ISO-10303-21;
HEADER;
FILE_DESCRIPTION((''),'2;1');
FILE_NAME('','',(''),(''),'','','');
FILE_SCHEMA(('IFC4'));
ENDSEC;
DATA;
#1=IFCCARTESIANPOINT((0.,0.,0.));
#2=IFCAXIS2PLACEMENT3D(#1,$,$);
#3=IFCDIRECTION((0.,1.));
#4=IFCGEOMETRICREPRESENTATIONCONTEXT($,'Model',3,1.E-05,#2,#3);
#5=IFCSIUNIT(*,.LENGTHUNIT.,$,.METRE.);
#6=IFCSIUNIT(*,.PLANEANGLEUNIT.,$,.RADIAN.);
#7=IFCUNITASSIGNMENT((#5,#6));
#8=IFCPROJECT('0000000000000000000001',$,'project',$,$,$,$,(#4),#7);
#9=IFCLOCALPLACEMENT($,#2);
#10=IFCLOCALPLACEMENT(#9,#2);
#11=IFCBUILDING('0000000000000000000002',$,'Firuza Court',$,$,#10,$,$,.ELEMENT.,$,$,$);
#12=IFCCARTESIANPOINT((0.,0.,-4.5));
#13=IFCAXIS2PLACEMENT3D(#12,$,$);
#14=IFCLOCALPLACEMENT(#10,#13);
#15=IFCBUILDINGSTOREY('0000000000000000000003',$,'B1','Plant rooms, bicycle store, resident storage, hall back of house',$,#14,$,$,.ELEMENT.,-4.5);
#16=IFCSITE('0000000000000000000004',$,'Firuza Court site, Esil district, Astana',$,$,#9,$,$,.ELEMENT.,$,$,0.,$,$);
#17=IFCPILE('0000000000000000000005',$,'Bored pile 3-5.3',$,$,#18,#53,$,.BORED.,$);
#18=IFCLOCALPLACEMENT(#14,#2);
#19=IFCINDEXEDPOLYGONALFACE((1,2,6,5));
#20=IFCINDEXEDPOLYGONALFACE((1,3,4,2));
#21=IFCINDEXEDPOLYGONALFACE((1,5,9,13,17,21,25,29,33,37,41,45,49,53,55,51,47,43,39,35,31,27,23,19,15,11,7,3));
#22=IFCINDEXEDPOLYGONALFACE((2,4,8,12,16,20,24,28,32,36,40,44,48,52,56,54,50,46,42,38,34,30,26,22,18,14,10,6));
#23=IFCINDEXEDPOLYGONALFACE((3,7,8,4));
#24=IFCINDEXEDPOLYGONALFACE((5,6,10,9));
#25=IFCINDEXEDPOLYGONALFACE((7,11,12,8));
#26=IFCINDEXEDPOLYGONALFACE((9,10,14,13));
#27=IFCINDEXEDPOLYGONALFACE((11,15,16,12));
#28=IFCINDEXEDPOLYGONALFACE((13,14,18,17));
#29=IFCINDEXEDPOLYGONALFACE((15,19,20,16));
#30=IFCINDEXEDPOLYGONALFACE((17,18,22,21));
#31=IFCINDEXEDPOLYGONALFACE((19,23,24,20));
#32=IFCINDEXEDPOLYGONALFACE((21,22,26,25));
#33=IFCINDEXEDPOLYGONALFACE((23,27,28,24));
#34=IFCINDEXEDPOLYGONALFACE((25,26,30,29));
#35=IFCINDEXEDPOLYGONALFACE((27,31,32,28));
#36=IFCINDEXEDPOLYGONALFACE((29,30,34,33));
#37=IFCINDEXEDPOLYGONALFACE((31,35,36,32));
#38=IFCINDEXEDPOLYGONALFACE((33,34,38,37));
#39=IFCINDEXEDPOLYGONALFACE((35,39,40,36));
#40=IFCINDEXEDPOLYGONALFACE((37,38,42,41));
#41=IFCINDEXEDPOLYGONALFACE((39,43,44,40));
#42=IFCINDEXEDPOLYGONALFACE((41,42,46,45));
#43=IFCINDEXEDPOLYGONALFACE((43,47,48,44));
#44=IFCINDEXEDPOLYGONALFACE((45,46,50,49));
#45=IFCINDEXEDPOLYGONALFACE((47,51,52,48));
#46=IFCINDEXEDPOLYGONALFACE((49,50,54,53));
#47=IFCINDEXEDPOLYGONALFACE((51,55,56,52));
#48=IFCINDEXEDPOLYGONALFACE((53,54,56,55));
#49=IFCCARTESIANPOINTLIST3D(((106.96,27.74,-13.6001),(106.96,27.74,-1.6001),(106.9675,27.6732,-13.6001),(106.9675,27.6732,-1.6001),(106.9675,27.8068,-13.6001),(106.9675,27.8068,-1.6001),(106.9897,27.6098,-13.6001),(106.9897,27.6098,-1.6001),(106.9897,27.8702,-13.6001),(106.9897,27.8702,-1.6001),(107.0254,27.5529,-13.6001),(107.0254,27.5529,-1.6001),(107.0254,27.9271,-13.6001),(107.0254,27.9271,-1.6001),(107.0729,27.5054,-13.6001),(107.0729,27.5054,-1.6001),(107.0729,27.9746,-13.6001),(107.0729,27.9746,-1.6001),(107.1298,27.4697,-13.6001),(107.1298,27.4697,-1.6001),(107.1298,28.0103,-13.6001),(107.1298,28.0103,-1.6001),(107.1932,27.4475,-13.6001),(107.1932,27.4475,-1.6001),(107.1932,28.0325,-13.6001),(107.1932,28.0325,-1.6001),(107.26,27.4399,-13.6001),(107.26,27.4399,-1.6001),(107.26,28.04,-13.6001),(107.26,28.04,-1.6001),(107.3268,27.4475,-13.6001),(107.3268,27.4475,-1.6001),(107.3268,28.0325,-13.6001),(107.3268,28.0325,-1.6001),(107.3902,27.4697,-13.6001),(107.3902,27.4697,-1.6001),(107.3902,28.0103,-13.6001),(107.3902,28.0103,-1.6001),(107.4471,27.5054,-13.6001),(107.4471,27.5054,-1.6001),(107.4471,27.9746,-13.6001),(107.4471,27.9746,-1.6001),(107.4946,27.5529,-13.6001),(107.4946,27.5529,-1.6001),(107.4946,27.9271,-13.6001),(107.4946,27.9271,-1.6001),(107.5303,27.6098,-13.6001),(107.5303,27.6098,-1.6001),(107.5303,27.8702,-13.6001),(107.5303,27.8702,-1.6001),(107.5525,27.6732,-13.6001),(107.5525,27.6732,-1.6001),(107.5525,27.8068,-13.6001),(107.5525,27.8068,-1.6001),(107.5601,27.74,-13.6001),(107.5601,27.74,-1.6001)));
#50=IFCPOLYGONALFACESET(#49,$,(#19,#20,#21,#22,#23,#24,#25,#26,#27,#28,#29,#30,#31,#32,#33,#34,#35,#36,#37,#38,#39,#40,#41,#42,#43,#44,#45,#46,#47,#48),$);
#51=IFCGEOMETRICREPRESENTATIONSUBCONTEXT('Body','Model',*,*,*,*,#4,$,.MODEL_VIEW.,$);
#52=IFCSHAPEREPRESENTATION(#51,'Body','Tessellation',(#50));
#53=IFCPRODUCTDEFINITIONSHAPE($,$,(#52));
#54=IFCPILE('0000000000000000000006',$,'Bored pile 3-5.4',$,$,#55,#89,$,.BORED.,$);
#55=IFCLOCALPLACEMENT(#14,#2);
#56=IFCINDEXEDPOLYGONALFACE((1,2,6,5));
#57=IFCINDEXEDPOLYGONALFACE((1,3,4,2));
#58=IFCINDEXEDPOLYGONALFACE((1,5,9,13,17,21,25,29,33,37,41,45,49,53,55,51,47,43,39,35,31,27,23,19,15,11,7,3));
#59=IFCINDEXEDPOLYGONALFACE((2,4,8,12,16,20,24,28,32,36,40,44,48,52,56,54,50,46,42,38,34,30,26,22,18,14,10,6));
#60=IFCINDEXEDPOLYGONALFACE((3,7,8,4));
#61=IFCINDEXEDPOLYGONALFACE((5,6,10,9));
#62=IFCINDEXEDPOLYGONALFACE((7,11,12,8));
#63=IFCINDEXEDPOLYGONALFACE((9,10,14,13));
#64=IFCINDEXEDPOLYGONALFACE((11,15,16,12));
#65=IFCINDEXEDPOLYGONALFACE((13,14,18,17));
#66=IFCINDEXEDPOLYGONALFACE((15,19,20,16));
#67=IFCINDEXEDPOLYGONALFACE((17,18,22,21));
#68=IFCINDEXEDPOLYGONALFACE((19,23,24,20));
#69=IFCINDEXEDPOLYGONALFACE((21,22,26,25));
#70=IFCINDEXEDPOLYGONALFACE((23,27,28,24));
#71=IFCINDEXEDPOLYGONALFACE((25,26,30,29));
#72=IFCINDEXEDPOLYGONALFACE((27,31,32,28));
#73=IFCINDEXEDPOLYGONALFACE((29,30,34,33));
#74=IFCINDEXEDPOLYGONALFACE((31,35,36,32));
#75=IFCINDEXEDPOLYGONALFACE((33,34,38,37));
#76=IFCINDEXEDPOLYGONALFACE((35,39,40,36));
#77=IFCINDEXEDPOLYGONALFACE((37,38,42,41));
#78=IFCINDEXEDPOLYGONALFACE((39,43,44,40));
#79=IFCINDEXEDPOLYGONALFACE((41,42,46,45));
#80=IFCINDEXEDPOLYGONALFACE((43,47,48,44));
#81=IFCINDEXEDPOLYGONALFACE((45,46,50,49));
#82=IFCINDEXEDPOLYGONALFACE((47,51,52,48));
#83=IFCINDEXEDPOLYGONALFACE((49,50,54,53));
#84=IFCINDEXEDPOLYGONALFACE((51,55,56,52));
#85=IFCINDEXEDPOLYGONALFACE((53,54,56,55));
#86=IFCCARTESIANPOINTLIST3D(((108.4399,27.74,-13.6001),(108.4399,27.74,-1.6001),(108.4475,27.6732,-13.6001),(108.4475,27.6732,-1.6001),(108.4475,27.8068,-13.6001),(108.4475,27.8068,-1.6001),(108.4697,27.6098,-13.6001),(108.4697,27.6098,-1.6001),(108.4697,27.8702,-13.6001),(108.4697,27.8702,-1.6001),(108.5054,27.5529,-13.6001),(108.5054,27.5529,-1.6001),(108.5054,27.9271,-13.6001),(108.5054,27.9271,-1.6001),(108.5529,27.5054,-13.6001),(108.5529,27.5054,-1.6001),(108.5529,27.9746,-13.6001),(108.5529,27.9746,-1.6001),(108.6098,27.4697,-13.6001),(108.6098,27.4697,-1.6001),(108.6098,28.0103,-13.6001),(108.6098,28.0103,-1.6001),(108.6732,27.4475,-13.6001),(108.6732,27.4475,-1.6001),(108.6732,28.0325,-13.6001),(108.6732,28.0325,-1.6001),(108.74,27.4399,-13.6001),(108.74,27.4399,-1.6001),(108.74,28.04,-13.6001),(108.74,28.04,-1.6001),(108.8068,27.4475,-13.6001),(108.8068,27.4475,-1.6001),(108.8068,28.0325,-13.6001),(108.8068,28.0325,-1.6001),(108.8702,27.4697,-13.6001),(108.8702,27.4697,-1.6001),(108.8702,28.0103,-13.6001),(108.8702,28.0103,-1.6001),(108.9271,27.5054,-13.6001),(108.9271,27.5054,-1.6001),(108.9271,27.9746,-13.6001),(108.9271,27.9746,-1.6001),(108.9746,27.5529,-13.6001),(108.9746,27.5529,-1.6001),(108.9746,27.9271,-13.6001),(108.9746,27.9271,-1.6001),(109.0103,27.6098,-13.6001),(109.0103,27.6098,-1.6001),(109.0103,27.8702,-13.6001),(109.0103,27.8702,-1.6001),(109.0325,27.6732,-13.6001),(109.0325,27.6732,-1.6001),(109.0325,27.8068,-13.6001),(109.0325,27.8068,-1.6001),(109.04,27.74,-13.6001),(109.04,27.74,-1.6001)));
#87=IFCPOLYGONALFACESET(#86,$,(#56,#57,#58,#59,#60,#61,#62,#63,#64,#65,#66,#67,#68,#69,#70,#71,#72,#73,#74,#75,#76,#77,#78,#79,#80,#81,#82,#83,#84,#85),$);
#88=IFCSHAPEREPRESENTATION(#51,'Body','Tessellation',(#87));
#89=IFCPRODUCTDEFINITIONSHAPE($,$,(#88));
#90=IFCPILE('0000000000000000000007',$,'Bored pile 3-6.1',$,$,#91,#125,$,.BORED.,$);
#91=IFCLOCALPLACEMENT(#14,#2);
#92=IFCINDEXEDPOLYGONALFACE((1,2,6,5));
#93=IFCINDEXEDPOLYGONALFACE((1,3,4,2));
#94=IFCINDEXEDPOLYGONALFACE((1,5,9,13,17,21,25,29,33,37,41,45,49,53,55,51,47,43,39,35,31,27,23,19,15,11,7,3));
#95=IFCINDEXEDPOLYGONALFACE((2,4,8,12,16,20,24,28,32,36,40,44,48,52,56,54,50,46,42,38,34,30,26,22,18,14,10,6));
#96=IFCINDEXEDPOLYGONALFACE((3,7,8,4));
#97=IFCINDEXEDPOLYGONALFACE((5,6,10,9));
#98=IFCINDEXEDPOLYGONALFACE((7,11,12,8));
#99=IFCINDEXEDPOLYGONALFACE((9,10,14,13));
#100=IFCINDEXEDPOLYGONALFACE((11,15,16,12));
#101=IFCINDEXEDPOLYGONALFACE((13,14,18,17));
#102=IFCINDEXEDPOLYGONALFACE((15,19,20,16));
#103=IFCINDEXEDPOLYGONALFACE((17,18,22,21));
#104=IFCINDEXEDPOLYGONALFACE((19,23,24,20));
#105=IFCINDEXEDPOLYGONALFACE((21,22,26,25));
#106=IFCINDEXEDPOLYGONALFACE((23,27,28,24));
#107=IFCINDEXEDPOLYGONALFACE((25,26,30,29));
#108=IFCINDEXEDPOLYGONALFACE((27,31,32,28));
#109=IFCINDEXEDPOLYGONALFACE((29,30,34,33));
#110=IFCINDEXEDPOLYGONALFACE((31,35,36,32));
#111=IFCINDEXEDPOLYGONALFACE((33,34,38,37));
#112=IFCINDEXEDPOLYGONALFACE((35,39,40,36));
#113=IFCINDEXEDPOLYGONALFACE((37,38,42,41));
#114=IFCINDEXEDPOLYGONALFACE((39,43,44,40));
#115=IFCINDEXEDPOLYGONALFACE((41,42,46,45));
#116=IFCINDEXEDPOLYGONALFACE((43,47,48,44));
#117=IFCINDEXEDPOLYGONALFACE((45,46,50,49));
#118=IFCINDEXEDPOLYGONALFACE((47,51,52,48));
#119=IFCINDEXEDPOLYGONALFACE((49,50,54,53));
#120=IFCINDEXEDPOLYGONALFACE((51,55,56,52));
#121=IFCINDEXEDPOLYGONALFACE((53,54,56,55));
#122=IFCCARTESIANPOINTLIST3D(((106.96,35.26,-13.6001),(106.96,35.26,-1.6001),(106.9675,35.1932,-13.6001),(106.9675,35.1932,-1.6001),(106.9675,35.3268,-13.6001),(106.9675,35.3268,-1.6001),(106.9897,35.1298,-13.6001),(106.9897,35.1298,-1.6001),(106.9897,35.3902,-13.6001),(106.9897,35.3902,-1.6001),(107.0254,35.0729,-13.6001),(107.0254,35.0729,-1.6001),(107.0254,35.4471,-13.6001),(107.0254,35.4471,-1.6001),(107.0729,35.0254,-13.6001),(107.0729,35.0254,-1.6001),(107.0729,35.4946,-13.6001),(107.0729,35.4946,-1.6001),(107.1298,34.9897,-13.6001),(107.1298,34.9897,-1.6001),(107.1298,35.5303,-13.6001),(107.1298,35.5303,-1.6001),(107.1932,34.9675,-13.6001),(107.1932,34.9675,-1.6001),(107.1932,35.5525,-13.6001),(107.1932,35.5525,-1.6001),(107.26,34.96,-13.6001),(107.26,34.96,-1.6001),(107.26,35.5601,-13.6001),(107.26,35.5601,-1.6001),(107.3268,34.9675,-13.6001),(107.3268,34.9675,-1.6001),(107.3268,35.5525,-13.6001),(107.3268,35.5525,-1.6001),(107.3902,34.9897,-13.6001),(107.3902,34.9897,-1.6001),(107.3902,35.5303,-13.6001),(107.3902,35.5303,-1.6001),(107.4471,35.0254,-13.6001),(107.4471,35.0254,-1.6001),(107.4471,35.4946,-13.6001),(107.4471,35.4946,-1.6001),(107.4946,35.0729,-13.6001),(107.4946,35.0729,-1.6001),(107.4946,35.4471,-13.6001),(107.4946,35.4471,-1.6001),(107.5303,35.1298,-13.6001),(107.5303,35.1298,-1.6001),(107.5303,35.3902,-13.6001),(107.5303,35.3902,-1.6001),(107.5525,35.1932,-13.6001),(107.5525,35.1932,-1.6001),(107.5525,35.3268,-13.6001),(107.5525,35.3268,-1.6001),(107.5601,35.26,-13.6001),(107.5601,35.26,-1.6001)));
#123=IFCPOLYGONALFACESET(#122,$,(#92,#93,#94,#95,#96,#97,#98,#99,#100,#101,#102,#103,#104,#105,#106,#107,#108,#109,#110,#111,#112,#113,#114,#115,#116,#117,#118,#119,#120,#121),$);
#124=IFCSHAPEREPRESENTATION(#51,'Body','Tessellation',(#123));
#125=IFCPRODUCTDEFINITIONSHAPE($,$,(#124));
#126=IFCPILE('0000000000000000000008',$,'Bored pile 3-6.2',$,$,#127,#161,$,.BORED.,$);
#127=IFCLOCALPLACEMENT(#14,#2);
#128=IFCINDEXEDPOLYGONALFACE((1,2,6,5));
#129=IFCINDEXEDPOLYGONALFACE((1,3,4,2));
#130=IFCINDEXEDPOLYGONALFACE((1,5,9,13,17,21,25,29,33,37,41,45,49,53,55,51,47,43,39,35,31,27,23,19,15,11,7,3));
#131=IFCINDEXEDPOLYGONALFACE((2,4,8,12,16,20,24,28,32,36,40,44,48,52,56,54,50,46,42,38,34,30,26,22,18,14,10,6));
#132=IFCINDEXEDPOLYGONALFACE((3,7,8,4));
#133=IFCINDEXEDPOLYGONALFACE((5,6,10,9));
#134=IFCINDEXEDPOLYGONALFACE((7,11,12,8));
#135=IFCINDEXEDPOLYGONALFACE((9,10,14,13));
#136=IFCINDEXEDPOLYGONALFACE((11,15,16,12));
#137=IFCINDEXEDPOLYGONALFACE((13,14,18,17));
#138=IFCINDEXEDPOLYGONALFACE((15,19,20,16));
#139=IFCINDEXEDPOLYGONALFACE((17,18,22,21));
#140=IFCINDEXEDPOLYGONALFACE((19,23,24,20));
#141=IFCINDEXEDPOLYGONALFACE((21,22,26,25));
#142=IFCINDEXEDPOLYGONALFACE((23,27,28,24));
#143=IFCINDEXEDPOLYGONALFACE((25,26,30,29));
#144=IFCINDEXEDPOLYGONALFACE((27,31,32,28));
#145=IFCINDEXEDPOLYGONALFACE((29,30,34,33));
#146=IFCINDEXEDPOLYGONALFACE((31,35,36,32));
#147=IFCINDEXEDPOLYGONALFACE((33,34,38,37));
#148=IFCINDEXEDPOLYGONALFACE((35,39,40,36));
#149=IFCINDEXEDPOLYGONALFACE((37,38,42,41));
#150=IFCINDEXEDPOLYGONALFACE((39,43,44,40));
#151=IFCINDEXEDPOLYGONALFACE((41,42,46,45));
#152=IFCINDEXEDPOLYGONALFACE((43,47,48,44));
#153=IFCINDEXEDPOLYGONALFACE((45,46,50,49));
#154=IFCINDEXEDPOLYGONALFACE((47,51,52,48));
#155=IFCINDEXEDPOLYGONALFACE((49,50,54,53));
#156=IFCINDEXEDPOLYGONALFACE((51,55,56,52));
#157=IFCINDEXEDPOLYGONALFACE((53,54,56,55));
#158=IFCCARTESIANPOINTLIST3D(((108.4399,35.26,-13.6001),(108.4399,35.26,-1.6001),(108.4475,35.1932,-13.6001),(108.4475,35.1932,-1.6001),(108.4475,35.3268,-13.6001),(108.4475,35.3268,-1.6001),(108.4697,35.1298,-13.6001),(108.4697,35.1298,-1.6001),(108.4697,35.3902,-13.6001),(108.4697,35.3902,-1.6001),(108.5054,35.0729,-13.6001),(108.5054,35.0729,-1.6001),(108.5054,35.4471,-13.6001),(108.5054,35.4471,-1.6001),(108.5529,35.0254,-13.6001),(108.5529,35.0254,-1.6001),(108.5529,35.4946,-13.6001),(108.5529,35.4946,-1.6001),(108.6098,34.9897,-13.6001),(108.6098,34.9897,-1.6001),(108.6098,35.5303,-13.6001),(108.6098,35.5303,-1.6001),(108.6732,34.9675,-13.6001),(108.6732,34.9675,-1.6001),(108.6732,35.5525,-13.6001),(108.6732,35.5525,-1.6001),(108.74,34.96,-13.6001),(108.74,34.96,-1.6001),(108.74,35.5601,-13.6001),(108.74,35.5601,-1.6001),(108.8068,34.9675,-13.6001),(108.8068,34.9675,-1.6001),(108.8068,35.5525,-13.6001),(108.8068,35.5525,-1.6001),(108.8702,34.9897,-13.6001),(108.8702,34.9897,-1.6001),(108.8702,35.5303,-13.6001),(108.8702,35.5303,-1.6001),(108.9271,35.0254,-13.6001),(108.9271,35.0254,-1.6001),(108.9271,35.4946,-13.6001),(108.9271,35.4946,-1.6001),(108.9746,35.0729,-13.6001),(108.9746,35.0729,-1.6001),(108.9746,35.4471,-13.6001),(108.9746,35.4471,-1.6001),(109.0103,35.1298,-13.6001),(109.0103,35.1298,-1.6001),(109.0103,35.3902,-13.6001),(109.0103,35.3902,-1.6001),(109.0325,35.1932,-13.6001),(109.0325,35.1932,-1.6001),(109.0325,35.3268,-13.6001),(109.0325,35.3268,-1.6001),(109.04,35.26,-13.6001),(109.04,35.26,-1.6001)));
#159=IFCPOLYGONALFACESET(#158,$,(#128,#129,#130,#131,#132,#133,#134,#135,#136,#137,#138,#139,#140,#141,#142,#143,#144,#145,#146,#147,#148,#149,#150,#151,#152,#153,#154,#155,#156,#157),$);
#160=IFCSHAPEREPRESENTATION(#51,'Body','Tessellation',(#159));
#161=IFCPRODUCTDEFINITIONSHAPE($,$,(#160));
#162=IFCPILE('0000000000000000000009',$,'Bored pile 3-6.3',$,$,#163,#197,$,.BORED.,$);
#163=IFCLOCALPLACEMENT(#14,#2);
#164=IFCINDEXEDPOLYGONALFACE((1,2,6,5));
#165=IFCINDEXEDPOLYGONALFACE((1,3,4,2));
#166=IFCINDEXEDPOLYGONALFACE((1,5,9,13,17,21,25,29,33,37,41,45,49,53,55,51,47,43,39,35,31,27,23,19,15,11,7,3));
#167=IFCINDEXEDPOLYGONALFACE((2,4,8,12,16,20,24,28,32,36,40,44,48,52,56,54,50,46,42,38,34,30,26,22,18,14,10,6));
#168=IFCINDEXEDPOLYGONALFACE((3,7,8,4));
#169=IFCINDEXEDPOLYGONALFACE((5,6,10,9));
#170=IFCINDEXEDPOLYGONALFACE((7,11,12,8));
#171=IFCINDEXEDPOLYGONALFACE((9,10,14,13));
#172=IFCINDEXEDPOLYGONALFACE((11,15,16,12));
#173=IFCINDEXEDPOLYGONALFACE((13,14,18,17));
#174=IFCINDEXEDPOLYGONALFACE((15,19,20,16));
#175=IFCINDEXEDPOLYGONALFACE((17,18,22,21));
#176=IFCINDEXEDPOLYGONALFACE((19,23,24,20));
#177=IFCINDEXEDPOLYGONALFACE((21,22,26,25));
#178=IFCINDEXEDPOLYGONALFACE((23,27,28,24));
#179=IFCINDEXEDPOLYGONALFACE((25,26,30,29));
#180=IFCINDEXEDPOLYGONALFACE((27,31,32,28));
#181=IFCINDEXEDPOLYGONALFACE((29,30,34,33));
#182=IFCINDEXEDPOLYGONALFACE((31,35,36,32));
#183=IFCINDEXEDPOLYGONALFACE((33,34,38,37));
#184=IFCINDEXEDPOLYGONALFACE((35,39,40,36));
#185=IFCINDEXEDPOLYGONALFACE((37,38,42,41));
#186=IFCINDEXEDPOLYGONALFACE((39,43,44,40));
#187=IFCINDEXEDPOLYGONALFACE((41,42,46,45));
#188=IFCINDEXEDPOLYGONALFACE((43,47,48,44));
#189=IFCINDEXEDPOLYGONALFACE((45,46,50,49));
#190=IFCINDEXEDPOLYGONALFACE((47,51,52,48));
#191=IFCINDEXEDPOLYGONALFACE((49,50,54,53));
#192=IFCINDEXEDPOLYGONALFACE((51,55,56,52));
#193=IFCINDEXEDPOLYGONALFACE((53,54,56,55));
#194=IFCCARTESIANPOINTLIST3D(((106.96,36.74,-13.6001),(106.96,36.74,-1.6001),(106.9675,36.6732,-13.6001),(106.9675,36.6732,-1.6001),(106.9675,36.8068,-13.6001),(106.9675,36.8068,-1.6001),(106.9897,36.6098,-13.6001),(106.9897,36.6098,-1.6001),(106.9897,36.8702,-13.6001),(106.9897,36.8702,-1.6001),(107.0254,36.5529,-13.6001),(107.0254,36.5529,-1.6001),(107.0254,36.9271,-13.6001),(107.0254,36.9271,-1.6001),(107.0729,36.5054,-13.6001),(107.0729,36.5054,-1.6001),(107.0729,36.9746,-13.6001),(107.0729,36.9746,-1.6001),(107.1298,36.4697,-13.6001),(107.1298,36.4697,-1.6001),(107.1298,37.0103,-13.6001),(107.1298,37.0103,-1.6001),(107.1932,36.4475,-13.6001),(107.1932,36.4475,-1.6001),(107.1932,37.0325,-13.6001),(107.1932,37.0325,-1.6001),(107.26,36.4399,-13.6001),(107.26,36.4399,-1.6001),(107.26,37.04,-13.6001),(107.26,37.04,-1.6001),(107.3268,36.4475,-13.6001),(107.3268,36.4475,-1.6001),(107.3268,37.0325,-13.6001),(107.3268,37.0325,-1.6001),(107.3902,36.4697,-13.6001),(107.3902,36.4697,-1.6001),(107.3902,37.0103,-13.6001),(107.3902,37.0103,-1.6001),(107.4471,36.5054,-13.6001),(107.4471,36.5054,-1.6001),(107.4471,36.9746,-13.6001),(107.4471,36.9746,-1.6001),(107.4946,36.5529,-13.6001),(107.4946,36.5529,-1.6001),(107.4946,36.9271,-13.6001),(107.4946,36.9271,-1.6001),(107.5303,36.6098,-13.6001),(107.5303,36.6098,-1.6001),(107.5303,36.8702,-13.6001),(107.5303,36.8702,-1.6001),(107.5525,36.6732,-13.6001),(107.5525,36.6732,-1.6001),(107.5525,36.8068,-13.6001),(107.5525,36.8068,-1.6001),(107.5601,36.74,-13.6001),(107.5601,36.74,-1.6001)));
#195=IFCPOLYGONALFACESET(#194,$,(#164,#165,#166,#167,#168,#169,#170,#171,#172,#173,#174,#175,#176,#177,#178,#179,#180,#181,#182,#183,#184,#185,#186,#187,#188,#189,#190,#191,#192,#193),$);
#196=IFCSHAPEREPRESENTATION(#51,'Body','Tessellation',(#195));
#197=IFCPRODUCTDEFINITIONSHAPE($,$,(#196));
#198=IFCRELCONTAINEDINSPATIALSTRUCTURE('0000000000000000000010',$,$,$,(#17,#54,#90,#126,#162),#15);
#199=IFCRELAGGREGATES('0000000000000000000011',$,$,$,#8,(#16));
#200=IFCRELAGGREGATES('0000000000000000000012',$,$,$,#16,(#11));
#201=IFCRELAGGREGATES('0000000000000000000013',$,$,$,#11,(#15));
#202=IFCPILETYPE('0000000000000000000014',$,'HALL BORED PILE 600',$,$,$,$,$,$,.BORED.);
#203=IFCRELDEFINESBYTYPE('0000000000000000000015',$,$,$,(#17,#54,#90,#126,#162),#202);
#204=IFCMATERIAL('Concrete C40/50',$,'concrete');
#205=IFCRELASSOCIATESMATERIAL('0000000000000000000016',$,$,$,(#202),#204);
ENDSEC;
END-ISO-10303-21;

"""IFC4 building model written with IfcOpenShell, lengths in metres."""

from ifc_helpers import new_model, si_unit, direction, frame, origin, origin_2d, place, context, subcontext, project, spatial, circle, extrude, material, material_profile, profile_set, type_object, element, save


model = new_model("IFC4")

# Units and contexts
model_context = context("Model", 3, precision=1e-05, world=origin(), true_north=direction((0.0, 1.0)))
body_context = subcontext(model_context, "Body", "Model", "MODEL_VIEW")
ifc_project = project(units=[si_unit("LENGTHUNIT", "METRE"), si_unit("PLANEANGLEUNIT", "RADIAN")], contexts=[model_context])

# Site, building, storey
site_placement = place(None, origin())
site = spatial("IfcSite", under=ifc_project, at=site_placement, Name="Firuza Court site, Esil district, Astana", CompositionType="ELEMENT", RefElevation=0.0)
building_placement = place(site_placement, origin())
building = spatial("IfcBuilding", under=site, at=building_placement, Name="Firuza Court", CompositionType="ELEMENT")
storey_placement = place(building_placement, frame((0.0, 0.0, -4.5)))
storey = spatial("IfcBuildingStorey", under=building, at=storey_placement, Name="B1", Description="Plant rooms, bicycle store, resident storage, hall back of house", CompositionType="ELEMENT", Elevation=-4.5)

# Piles
ifc_material_1 = material(Name="Concrete C40/50", Category="concrete")
ifc_material_profile_1 = material_profile(ifc_material_1, circle(Radius=0.3, at=origin_2d()), Name="PILE 600")
ifc_profile_set_1 = profile_set([ifc_material_profile_1], Name="Concrete C40/50")
pile_type = type_object("IfcPileType", Name="HALL BORED PILE 600", PredefinedType="BORED", material=ifc_profile_set_1)
for number, where, z_axis, x_axis, name in (
    (1, (107.26, 27.74, -1.6001), (0.0, 0.0, -1.0), (1.0, 0.0, 0.0), "Bored pile 3-5.3"),
    (2, (108.74, 27.74, -1.6001), (0.0, 0.0, -1.0), (1.0, 0.0, 0.0), "Bored pile 3-5.4"),
    (3, (107.26, 35.26, -1.6001), (0.0, 0.0, -1.0), (1.0, 0.0, 0.0), "Bored pile 3-6.1"),
    (4, (108.74, 35.26, -1.6001), (0.0, 0.0, -1.0), (1.0, 0.0, 0.0), "Bored pile 3-6.2"),
    (5, (107.26, 36.74, -1.6001), (0.0, 0.0, -1.0), (1.0, 0.0, 0.0), "Bored pile 3-6.3"),
):
    element("IfcPile", number, at=place(storey_placement, frame(where, z_axis=z_axis, x_axis=x_axis)), inside=storey, type_object=pile_type, Name=name, PredefinedType="BORED", context=body_context, shape_type="SweptSolid", body=[
        extrude(circle(Radius=0.3, at=origin_2d()), origin(), (0.0, 0.0, 1.0), 12.0),
    ])

save(model, "model.ifc")
